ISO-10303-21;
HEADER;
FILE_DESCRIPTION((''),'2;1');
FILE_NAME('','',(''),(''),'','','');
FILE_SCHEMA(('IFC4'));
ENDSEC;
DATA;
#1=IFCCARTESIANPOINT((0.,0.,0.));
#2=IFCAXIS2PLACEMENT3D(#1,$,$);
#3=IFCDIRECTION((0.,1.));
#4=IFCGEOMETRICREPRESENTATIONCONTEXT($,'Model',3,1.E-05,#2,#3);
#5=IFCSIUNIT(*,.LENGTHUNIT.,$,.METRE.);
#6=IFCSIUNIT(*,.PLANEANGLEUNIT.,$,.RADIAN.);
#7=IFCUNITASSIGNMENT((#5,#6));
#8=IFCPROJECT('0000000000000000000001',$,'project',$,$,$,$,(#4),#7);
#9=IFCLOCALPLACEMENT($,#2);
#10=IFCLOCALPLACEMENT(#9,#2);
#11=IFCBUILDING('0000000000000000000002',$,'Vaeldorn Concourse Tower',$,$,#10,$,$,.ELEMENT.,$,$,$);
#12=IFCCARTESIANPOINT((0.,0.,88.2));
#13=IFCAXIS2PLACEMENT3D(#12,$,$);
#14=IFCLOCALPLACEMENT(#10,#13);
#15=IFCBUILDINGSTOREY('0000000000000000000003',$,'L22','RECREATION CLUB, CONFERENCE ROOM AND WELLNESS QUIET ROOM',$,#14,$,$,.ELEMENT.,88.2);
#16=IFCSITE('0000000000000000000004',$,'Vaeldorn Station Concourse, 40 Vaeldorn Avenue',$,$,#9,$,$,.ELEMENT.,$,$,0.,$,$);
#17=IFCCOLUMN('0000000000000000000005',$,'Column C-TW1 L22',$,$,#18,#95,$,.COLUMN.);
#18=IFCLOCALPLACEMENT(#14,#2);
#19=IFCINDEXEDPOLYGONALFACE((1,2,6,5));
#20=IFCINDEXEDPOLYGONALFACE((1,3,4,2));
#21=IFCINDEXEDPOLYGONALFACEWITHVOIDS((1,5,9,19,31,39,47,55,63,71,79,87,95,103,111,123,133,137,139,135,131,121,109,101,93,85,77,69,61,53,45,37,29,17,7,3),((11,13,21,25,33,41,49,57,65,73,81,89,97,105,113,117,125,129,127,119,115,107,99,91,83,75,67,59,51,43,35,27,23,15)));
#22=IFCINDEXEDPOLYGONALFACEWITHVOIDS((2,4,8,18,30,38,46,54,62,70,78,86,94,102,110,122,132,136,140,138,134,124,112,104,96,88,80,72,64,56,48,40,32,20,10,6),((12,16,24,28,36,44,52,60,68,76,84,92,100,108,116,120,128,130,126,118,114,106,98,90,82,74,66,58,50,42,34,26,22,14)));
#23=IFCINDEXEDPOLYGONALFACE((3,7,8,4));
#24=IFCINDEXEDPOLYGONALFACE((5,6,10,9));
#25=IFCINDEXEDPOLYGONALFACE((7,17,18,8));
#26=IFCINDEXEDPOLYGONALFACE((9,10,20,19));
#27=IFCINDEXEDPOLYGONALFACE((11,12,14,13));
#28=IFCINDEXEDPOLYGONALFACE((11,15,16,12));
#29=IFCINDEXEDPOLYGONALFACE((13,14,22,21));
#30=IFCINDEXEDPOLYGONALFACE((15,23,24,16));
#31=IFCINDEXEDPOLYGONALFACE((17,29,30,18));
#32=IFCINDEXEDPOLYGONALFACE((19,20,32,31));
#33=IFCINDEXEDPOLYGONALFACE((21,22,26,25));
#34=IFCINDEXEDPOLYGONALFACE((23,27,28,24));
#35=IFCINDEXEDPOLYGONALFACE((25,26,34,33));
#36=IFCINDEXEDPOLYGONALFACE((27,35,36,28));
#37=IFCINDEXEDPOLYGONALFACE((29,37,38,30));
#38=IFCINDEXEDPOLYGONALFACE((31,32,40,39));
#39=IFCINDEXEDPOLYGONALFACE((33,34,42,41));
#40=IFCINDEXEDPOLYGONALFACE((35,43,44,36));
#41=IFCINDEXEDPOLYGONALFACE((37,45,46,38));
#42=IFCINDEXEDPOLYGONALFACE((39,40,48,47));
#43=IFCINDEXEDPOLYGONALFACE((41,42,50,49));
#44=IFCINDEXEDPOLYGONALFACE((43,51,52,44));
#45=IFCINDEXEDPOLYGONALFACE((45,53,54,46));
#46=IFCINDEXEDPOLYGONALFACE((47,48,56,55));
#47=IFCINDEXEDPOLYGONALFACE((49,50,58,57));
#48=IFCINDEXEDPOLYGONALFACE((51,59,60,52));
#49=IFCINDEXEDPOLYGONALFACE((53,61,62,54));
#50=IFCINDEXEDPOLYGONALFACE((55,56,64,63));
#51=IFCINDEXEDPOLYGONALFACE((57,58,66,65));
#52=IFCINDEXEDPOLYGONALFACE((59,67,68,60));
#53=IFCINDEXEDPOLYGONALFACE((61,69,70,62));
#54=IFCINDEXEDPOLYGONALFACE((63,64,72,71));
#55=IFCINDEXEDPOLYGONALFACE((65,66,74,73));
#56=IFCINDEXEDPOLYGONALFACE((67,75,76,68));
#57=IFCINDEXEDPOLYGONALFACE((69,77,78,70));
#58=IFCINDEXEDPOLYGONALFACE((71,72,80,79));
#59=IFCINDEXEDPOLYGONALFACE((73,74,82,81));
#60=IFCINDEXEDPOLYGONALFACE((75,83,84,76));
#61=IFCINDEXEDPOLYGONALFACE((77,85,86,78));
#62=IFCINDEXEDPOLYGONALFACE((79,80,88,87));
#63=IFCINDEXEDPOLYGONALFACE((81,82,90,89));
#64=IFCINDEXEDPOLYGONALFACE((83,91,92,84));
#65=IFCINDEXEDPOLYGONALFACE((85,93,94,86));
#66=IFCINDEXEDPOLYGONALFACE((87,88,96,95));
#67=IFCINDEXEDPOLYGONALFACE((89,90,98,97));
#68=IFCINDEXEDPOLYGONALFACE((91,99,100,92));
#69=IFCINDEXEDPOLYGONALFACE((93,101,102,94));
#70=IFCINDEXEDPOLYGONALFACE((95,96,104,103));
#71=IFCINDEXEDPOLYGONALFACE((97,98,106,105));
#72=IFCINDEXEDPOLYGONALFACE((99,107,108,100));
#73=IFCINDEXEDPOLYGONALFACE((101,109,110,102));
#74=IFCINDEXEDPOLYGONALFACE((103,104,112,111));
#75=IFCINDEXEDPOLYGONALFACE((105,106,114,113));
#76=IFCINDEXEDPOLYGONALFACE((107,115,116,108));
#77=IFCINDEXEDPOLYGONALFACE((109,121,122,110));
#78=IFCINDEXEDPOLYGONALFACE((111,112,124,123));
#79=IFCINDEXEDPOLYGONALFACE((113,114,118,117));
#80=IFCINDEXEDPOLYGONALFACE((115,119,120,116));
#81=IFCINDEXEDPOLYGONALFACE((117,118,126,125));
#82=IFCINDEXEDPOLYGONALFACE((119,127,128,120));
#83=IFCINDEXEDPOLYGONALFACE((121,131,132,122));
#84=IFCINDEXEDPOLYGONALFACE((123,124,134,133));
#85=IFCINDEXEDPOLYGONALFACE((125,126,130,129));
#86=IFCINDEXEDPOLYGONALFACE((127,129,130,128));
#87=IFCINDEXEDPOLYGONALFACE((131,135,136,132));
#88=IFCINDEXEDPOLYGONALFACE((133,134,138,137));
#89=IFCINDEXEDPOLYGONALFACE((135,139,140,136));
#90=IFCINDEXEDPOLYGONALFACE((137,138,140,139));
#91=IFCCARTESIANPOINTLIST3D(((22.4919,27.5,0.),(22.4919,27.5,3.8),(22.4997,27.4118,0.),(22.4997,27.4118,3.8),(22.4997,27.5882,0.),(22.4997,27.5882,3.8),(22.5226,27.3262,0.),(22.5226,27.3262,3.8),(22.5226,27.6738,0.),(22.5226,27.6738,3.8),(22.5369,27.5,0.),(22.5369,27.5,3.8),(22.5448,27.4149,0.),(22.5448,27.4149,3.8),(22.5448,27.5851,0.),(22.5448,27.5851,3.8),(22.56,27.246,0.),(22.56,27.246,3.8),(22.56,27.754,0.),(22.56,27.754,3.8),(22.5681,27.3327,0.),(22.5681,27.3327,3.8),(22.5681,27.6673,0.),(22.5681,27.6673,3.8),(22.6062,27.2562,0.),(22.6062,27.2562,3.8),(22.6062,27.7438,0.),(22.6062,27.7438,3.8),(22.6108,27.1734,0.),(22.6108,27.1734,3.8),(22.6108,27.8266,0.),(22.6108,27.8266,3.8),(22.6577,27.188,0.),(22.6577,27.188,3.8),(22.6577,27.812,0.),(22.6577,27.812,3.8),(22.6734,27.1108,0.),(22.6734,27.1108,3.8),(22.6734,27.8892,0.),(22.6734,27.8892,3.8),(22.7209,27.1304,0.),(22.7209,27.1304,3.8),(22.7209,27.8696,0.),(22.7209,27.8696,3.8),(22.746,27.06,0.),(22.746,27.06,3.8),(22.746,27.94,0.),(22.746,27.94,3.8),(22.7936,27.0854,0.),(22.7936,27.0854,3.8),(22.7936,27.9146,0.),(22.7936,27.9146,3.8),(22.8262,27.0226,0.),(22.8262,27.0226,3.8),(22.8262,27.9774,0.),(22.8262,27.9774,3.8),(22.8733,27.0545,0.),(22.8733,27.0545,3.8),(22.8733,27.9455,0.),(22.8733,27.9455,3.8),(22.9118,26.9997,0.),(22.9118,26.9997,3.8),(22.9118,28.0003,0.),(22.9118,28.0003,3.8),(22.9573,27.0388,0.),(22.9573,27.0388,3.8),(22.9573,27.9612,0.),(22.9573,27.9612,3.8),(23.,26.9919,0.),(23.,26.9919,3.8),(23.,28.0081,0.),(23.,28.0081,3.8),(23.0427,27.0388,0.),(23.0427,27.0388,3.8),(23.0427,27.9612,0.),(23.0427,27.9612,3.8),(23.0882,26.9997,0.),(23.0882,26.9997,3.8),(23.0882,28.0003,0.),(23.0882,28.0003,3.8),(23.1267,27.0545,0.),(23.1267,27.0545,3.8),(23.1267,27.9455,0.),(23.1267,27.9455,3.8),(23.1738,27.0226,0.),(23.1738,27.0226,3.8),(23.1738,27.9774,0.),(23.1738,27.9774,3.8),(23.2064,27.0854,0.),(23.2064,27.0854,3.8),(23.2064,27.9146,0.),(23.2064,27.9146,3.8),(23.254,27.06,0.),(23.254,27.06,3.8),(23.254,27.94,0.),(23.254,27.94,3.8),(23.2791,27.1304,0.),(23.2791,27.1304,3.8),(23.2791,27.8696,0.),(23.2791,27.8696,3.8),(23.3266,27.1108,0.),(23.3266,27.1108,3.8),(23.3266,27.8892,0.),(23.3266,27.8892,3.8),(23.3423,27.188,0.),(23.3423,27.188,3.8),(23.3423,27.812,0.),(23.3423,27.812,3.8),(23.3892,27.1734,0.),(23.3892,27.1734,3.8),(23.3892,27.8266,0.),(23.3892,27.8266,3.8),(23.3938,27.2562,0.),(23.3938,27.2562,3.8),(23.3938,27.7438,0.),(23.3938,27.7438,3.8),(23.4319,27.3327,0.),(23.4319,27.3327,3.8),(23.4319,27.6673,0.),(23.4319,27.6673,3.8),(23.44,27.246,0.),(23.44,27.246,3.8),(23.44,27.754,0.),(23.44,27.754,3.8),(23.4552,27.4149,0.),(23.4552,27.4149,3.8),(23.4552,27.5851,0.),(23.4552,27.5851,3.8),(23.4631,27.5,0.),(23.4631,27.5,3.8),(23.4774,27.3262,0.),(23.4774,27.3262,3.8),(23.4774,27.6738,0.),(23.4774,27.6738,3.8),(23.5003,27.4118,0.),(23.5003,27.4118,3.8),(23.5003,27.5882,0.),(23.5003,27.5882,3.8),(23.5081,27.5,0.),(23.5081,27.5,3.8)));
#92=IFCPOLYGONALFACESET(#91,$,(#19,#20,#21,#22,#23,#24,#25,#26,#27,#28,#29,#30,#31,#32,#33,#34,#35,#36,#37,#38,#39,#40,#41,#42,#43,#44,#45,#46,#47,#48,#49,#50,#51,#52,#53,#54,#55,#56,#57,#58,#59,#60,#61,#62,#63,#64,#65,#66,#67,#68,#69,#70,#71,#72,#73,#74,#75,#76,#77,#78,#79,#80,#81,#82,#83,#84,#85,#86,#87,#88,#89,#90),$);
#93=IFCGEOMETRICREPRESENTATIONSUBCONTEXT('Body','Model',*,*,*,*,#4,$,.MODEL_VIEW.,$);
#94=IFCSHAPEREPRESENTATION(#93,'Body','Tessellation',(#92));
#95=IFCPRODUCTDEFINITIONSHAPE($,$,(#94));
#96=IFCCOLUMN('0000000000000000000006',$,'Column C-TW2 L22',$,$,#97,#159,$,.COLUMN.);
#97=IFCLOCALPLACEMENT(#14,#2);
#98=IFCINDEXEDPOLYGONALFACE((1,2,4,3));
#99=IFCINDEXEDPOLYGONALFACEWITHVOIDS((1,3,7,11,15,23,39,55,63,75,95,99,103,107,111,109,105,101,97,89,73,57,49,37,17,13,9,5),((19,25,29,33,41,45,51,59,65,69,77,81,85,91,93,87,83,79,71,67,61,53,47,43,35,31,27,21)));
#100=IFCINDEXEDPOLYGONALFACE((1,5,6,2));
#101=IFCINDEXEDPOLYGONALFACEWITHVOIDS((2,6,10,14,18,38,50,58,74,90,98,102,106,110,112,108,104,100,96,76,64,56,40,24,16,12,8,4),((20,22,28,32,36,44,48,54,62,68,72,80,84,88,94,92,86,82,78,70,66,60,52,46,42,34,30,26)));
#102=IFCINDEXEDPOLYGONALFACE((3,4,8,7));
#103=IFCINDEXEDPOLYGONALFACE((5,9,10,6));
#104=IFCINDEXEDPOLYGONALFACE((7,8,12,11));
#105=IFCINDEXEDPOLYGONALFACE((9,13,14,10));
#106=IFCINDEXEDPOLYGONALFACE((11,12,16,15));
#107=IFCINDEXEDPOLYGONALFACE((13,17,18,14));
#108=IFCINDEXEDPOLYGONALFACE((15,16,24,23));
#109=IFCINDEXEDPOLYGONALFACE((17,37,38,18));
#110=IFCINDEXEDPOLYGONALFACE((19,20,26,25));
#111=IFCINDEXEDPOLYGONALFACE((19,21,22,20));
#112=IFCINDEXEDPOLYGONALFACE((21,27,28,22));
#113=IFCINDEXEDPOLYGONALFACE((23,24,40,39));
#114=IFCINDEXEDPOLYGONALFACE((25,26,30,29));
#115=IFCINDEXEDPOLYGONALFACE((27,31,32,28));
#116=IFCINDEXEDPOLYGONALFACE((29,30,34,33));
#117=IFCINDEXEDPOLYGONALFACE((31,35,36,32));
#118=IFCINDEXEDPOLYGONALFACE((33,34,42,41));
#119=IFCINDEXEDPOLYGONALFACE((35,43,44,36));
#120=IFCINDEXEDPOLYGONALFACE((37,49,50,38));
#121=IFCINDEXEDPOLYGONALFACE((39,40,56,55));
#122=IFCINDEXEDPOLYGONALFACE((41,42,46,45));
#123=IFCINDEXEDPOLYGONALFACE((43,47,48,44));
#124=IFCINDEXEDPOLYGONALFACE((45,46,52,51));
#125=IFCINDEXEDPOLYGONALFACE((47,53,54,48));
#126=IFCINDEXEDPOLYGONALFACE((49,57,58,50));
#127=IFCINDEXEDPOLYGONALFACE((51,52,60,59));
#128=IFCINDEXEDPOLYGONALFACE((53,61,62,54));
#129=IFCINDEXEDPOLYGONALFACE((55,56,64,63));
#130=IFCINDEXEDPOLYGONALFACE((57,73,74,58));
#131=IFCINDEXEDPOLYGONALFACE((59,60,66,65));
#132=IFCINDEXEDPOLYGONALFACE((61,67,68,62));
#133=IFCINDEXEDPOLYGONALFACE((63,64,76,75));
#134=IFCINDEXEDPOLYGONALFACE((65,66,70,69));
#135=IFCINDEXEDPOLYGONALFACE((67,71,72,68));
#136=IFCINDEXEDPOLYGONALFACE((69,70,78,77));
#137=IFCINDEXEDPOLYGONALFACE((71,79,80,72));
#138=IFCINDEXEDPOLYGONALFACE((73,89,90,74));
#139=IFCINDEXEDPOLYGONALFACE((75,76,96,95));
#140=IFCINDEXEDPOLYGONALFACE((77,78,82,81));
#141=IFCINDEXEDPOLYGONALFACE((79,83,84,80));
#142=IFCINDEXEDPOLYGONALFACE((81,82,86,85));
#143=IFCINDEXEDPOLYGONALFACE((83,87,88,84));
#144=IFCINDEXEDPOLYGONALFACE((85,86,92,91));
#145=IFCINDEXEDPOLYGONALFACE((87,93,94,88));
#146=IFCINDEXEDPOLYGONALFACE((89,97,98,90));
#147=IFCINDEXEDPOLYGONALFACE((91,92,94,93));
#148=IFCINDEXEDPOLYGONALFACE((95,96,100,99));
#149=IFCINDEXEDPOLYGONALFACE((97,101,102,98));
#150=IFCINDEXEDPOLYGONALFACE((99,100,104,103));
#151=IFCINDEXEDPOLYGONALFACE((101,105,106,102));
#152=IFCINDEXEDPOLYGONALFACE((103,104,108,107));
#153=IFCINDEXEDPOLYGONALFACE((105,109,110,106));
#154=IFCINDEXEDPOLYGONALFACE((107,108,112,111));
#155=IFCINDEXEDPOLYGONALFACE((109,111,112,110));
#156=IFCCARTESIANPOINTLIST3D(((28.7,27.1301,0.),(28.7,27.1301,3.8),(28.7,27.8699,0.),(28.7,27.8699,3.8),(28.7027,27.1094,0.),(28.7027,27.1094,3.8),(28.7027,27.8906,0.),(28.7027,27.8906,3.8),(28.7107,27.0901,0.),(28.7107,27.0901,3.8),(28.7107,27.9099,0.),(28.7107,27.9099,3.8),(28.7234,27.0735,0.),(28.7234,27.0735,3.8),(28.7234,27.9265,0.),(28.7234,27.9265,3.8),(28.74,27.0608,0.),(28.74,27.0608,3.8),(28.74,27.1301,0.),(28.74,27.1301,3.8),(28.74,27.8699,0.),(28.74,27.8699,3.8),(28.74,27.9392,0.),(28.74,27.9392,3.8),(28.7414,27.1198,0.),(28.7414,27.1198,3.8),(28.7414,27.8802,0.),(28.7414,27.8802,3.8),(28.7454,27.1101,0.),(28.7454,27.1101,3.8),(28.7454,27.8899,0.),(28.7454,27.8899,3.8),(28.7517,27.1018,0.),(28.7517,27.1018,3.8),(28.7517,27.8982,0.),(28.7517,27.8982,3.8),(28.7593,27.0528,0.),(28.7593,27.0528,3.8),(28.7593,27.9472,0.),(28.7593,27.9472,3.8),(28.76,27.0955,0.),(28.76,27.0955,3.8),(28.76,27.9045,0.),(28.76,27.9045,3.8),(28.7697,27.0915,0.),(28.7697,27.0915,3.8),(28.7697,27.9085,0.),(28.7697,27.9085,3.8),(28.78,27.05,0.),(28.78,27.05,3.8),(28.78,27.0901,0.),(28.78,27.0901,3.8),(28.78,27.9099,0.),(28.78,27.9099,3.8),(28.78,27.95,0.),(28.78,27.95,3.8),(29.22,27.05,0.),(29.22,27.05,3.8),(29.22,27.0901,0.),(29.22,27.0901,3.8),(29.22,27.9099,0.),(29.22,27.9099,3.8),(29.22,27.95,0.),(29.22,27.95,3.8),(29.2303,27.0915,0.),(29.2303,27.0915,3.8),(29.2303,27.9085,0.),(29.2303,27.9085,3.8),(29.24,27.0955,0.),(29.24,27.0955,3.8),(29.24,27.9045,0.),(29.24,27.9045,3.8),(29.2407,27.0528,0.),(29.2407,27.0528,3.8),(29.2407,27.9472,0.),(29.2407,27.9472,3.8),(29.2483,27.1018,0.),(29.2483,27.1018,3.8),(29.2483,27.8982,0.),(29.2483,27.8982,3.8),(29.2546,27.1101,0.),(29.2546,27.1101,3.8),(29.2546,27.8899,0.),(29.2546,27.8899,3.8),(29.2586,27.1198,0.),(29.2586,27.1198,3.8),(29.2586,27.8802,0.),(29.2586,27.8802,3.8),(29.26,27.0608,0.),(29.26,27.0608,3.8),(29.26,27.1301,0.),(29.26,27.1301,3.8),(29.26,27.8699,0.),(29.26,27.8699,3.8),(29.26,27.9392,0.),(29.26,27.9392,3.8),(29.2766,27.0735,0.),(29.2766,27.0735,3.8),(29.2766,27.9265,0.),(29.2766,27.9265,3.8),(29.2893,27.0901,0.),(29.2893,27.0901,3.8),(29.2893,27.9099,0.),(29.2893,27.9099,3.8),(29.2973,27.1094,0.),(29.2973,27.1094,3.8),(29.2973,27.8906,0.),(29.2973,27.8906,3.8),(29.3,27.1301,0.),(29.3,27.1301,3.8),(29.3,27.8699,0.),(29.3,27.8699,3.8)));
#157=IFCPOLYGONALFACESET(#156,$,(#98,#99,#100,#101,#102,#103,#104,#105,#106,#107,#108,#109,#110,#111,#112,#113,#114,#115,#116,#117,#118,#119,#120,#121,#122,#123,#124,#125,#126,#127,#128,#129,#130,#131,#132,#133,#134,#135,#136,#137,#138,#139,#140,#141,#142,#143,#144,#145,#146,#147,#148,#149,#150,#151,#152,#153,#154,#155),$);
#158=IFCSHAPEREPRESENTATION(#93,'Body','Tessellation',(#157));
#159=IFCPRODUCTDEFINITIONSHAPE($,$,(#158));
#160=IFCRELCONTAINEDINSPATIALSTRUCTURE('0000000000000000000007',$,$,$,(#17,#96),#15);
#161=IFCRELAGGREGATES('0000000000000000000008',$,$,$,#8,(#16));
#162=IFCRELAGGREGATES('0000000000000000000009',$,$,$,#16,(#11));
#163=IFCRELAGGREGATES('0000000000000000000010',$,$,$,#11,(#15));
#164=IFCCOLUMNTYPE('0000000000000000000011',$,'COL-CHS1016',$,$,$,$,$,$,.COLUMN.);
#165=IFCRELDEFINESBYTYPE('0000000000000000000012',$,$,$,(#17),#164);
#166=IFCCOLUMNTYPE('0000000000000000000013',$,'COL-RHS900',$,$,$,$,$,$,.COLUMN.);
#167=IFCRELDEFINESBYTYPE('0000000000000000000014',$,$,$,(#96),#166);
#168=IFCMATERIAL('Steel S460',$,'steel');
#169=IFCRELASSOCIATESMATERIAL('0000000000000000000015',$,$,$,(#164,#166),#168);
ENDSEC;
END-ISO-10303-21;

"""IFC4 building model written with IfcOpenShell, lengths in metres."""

from ifc_helpers import new_model, si_unit, direction, frame, origin, origin_2d, place, context, subcontext, project, spatial, hollow_rectangle, hollow_circle, extrude, source, transform, mapped, material, material_profile, profile_set, type_object, element, save


model = new_model("IFC4")

# Units and contexts
model_context = context("Model", 3, precision=1e-05, world=origin(), true_north=direction((0.0, 1.0)))
body_context = subcontext(model_context, "Body", "Model", "MODEL_VIEW")
ifc_project = project(units=[si_unit("LENGTHUNIT", "METRE"), si_unit("PLANEANGLEUNIT", "RADIAN")], contexts=[model_context])

# Site, building, storey
site_placement = place(None, origin())
site = spatial("IfcSite", under=ifc_project, at=site_placement, Name="Vaeldorn Station Concourse, 40 Vaeldorn Avenue", CompositionType="ELEMENT", RefElevation=0.0)
building_placement = place(site_placement, origin())
building = spatial("IfcBuilding", under=site, at=building_placement, Name="Vaeldorn Concourse Tower", CompositionType="ELEMENT")
storey_placement = place(building_placement, frame((0.0, 0.0, 88.2)))
storey = spatial("IfcBuildingStorey", under=building, at=storey_placement, Name="L22", Description="RECREATION CLUB, CONFERENCE ROOM AND WELLNESS QUIET ROOM", CompositionType="ELEMENT", Elevation=88.2)

# Columns
ifc_material_1 = material(Name="Steel S460", Category="steel")
ifc_material_profile_1 = material_profile(ifc_material_1, hollow_circle(Radius=0.5081, WallThickness=0.0449, at=origin_2d()), Name="CHS 1016x45")
ifc_profile_set_1 = profile_set([ifc_material_profile_1], Name="Steel S460")
column_type_1 = type_object("IfcColumnType", Name="COL-CHS1016", PredefinedType="COLUMN", material=ifc_profile_set_1)
shared_shape_1 = source(origin(), body_context, "Body", "SweptSolid", [
    extrude(hollow_circle(Radius=0.5081, WallThickness=0.0449, at=origin_2d()), origin(), (0.0, 0.0, 1.0), 3.8),
])
column_1_placement = place(storey_placement, frame((23.0, 27.5, 0.0), z_axis=(0.0, 0.0, 1.0), x_axis=(1.0, 0.0, 0.0)))
element("IfcColumn", 1, at=column_1_placement, inside=storey, type_object=column_type_1, Name="Column C-TW1 L22", PredefinedType="COLUMN", context=body_context, shape_type="MappedRepresentation", body=[
    mapped(shared_shape_1, transform((0.0, 0.0, 0.0), scale=1.0)),
])
ifc_material_profile_2 = material_profile(ifc_material_1, hollow_rectangle(XDim=0.6001, YDim=0.8999, WallThickness=0.04, InnerFilletRadius=0.04, OuterFilletRadius=0.0801, at=origin_2d()), Name="RHS 900x600x40")
ifc_profile_set_2 = profile_set([ifc_material_profile_2], Name="Steel S460")
column_type_2 = type_object("IfcColumnType", Name="COL-RHS900", PredefinedType="COLUMN", material=ifc_profile_set_2)
shared_shape_2 = source(origin(), body_context, "Body", "SweptSolid", [
    extrude(hollow_rectangle(XDim=0.6001, YDim=0.8999, WallThickness=0.04, InnerFilletRadius=0.04, OuterFilletRadius=0.0801, at=origin_2d()), origin(), (0.0, 0.0, 1.0), 3.8),
])
for number, where, z_axis, x_axis, name in (
    (2, (29.0, 27.5, 0.0), (0.0, 0.0, 1.0), (1.0, 0.0, 0.0), "Column C-TW2 L22"),
):
    element("IfcColumn", number, at=place(storey_placement, frame(where, z_axis=z_axis, x_axis=x_axis)), inside=storey, type_object=column_type_2, Name=name, PredefinedType="COLUMN", context=body_context, shape_type="MappedRepresentation", body=[
        mapped(shared_shape_2, transform((0.0, 0.0, 0.0), scale=1.0)),
    ])

save(model, "model.ifc")
